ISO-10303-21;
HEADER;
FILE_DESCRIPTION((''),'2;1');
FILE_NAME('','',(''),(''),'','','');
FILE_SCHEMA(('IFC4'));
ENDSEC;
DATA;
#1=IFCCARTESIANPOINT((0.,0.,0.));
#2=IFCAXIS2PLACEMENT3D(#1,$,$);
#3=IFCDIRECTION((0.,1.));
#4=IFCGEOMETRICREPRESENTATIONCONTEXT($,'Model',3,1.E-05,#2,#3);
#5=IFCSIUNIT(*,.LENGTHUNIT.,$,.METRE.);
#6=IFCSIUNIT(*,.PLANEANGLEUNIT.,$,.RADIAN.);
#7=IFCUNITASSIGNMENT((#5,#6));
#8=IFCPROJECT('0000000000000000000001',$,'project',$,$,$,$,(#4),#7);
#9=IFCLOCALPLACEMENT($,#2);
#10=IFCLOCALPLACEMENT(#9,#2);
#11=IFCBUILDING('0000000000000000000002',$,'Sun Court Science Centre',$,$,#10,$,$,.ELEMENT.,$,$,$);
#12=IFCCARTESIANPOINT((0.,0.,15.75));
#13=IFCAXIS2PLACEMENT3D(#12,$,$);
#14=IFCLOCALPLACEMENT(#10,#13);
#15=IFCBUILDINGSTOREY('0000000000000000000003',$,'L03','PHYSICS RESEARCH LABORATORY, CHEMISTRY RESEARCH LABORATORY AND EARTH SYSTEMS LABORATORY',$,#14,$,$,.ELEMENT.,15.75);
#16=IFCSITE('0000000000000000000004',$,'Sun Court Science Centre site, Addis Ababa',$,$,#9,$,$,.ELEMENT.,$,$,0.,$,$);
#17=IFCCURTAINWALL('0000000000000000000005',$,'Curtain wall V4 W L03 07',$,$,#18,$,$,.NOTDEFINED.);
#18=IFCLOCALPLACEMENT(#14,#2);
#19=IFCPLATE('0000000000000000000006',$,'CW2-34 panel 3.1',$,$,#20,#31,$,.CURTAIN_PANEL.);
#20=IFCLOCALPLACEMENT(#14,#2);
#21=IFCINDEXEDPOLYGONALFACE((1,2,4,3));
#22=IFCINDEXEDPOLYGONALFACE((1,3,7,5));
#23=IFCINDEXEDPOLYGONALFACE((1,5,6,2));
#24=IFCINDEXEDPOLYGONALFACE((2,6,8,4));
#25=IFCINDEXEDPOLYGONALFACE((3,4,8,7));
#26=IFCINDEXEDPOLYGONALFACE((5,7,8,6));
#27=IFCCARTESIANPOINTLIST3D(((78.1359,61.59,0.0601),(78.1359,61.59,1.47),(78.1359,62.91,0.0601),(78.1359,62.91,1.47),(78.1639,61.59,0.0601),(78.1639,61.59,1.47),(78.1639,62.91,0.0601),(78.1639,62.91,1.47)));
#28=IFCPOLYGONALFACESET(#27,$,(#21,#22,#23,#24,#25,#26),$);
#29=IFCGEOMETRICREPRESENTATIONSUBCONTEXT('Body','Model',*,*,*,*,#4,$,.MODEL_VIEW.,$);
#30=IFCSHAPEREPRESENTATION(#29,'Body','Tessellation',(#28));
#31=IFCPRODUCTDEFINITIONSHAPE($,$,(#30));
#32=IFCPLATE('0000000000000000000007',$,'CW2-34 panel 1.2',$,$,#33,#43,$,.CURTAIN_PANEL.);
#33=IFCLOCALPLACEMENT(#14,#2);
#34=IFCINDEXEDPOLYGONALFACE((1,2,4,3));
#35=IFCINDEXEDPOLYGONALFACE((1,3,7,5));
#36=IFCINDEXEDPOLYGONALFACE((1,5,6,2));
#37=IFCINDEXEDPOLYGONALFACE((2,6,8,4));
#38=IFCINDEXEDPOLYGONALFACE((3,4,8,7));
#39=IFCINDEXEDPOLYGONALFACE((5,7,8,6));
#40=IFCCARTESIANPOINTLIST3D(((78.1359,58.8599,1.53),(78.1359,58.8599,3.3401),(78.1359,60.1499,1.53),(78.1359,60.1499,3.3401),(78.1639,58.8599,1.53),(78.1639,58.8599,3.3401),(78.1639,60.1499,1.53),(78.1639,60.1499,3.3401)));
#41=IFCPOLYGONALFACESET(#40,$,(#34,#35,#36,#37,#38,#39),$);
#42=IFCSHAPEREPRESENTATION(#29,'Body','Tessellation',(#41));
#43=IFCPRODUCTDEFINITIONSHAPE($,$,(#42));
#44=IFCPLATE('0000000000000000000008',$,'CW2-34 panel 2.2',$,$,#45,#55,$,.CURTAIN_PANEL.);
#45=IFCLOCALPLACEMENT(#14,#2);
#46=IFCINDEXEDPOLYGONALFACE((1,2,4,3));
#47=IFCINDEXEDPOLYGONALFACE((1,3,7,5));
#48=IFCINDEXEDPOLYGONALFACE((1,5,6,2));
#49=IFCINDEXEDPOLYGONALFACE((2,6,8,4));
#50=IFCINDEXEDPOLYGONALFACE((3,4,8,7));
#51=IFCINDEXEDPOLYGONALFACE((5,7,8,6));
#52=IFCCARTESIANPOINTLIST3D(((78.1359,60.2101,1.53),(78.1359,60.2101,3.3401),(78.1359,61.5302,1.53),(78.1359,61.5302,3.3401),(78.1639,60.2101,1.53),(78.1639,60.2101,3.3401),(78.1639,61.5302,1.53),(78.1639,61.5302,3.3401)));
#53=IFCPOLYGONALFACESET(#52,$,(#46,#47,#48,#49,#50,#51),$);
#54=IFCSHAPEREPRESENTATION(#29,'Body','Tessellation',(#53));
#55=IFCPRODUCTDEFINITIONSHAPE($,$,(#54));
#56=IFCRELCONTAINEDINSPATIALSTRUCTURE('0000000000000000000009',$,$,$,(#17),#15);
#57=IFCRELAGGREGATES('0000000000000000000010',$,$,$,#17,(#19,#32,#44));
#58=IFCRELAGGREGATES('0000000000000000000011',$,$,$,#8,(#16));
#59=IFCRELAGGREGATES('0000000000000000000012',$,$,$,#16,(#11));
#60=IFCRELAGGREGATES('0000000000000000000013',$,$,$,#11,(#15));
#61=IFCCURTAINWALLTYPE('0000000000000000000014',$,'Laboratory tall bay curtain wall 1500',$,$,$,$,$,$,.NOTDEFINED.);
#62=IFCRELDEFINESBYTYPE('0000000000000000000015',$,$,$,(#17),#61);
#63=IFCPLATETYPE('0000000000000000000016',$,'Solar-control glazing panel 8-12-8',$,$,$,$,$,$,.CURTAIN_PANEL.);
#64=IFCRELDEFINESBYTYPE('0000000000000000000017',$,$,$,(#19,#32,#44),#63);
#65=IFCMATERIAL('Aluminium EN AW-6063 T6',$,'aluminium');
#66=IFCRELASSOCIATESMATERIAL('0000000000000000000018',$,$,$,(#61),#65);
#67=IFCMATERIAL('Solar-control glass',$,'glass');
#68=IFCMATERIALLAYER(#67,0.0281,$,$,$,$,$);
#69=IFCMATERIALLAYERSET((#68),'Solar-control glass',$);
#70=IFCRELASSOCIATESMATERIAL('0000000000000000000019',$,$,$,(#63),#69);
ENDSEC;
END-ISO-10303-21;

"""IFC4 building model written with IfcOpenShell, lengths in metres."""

from ifc_helpers import new_model, si_unit, direction, frame, origin, origin_2d, place, context, subcontext, project, spatial, rectangle, extrude, material, layer, layer_set, type_object, element, aggregate, save


model = new_model("IFC4")

# Units and contexts
model_context = context("Model", 3, precision=1e-05, world=origin(), true_north=direction((0.0, 1.0)))
body_context = subcontext(model_context, "Body", "Model", "MODEL_VIEW")
ifc_project = project(units=[si_unit("LENGTHUNIT", "METRE"), si_unit("PLANEANGLEUNIT", "RADIAN")], contexts=[model_context])

# Site, building, storey
site_placement = place(None, origin())
site = spatial("IfcSite", under=ifc_project, at=site_placement, Name="Sun Court Science Centre site, Addis Ababa", CompositionType="ELEMENT", RefElevation=0.0)
building_placement = place(site_placement, origin())
building = spatial("IfcBuilding", under=site, at=building_placement, Name="Sun Court Science Centre", CompositionType="ELEMENT")
storey_placement = place(building_placement, frame((0.0, 0.0, 15.75)))
storey = spatial("IfcBuildingStorey", under=building, at=storey_placement, Name="L03", Description="PHYSICS RESEARCH LABORATORY, CHEMISTRY RESEARCH LABORATORY AND EARTH SYSTEMS LABORATORY", CompositionType="ELEMENT", Elevation=15.75)

# Curtain wall
ifc_material_1 = material(Name="Aluminium EN AW-6063 T6", Category="aluminium")
curtain_wall_type = type_object("IfcCurtainWallType", Name="Laboratory tall bay curtain wall 1500", PredefinedType="NOTDEFINED", material=ifc_material_1)
curtain_wall_1_placement = place(storey_placement, origin())
curtain_wall_1 = element("IfcCurtainWall", 1, at=curtain_wall_1_placement, inside=storey, type_object=curtain_wall_type, Name="Curtain wall V4 W L03 07", PredefinedType="NOTDEFINED")

# Plates
ifc_material_2 = material(Name="Solar-control glass", Category="glass")
ifc_layer = layer(ifc_material_2, 0.0281)
ifc_layer_set = layer_set([ifc_layer], Name="Solar-control glass")
plate_type = type_object("IfcPlateType", Name="Solar-control glazing panel 8-12-8", PredefinedType="CURTAIN_PANEL", material=ifc_layer_set)
plate_1_placement = place(storey_placement, frame((78.1499, 62.25, 0.0601), z_axis=(0.0, 0.0, 1.0), x_axis=(0.0, 1.0, 0.0)))
plate_1 = element("IfcPlate", 2, at=plate_1_placement, type_object=plate_type, Name="CW2-34 panel 3.1", PredefinedType="CURTAIN_PANEL", context=body_context, shape_type="SweptSolid", body=[
    extrude(rectangle(XDim=1.3201, YDim=0.0281, at=origin_2d()), origin(), (0.0, 0.0, 1.0), 1.4099),
])
plate_2_placement = place(storey_placement, frame((78.1499, 59.5049, 1.53), z_axis=(0.0, 0.0, 1.0), x_axis=(0.0, 1.0, 0.0)))
plate_2 = element("IfcPlate", 3, at=plate_2_placement, type_object=plate_type, Name="CW2-34 panel 1.2", PredefinedType="CURTAIN_PANEL", context=body_context, shape_type="SweptSolid", body=[
    extrude(rectangle(XDim=1.29, YDim=0.0281, at=origin_2d()), origin(), (0.0, 0.0, 1.0), 1.8101),
])
plate_3_placement = place(storey_placement, frame((78.1499, 60.8701, 1.53), z_axis=(0.0, 0.0, 1.0), x_axis=(0.0, 1.0, 0.0)))
plate_3 = element("IfcPlate", 4, at=plate_3_placement, type_object=plate_type, Name="CW2-34 panel 2.2", PredefinedType="CURTAIN_PANEL", context=body_context, shape_type="SweptSolid", body=[
    extrude(rectangle(XDim=1.3201, YDim=0.0281, at=origin_2d()), origin(), (0.0, 0.0, 1.0), 1.8101),
])
aggregate(curtain_wall_1, [plate_1, plate_2, plate_3])

save(model, "model.ifc")
